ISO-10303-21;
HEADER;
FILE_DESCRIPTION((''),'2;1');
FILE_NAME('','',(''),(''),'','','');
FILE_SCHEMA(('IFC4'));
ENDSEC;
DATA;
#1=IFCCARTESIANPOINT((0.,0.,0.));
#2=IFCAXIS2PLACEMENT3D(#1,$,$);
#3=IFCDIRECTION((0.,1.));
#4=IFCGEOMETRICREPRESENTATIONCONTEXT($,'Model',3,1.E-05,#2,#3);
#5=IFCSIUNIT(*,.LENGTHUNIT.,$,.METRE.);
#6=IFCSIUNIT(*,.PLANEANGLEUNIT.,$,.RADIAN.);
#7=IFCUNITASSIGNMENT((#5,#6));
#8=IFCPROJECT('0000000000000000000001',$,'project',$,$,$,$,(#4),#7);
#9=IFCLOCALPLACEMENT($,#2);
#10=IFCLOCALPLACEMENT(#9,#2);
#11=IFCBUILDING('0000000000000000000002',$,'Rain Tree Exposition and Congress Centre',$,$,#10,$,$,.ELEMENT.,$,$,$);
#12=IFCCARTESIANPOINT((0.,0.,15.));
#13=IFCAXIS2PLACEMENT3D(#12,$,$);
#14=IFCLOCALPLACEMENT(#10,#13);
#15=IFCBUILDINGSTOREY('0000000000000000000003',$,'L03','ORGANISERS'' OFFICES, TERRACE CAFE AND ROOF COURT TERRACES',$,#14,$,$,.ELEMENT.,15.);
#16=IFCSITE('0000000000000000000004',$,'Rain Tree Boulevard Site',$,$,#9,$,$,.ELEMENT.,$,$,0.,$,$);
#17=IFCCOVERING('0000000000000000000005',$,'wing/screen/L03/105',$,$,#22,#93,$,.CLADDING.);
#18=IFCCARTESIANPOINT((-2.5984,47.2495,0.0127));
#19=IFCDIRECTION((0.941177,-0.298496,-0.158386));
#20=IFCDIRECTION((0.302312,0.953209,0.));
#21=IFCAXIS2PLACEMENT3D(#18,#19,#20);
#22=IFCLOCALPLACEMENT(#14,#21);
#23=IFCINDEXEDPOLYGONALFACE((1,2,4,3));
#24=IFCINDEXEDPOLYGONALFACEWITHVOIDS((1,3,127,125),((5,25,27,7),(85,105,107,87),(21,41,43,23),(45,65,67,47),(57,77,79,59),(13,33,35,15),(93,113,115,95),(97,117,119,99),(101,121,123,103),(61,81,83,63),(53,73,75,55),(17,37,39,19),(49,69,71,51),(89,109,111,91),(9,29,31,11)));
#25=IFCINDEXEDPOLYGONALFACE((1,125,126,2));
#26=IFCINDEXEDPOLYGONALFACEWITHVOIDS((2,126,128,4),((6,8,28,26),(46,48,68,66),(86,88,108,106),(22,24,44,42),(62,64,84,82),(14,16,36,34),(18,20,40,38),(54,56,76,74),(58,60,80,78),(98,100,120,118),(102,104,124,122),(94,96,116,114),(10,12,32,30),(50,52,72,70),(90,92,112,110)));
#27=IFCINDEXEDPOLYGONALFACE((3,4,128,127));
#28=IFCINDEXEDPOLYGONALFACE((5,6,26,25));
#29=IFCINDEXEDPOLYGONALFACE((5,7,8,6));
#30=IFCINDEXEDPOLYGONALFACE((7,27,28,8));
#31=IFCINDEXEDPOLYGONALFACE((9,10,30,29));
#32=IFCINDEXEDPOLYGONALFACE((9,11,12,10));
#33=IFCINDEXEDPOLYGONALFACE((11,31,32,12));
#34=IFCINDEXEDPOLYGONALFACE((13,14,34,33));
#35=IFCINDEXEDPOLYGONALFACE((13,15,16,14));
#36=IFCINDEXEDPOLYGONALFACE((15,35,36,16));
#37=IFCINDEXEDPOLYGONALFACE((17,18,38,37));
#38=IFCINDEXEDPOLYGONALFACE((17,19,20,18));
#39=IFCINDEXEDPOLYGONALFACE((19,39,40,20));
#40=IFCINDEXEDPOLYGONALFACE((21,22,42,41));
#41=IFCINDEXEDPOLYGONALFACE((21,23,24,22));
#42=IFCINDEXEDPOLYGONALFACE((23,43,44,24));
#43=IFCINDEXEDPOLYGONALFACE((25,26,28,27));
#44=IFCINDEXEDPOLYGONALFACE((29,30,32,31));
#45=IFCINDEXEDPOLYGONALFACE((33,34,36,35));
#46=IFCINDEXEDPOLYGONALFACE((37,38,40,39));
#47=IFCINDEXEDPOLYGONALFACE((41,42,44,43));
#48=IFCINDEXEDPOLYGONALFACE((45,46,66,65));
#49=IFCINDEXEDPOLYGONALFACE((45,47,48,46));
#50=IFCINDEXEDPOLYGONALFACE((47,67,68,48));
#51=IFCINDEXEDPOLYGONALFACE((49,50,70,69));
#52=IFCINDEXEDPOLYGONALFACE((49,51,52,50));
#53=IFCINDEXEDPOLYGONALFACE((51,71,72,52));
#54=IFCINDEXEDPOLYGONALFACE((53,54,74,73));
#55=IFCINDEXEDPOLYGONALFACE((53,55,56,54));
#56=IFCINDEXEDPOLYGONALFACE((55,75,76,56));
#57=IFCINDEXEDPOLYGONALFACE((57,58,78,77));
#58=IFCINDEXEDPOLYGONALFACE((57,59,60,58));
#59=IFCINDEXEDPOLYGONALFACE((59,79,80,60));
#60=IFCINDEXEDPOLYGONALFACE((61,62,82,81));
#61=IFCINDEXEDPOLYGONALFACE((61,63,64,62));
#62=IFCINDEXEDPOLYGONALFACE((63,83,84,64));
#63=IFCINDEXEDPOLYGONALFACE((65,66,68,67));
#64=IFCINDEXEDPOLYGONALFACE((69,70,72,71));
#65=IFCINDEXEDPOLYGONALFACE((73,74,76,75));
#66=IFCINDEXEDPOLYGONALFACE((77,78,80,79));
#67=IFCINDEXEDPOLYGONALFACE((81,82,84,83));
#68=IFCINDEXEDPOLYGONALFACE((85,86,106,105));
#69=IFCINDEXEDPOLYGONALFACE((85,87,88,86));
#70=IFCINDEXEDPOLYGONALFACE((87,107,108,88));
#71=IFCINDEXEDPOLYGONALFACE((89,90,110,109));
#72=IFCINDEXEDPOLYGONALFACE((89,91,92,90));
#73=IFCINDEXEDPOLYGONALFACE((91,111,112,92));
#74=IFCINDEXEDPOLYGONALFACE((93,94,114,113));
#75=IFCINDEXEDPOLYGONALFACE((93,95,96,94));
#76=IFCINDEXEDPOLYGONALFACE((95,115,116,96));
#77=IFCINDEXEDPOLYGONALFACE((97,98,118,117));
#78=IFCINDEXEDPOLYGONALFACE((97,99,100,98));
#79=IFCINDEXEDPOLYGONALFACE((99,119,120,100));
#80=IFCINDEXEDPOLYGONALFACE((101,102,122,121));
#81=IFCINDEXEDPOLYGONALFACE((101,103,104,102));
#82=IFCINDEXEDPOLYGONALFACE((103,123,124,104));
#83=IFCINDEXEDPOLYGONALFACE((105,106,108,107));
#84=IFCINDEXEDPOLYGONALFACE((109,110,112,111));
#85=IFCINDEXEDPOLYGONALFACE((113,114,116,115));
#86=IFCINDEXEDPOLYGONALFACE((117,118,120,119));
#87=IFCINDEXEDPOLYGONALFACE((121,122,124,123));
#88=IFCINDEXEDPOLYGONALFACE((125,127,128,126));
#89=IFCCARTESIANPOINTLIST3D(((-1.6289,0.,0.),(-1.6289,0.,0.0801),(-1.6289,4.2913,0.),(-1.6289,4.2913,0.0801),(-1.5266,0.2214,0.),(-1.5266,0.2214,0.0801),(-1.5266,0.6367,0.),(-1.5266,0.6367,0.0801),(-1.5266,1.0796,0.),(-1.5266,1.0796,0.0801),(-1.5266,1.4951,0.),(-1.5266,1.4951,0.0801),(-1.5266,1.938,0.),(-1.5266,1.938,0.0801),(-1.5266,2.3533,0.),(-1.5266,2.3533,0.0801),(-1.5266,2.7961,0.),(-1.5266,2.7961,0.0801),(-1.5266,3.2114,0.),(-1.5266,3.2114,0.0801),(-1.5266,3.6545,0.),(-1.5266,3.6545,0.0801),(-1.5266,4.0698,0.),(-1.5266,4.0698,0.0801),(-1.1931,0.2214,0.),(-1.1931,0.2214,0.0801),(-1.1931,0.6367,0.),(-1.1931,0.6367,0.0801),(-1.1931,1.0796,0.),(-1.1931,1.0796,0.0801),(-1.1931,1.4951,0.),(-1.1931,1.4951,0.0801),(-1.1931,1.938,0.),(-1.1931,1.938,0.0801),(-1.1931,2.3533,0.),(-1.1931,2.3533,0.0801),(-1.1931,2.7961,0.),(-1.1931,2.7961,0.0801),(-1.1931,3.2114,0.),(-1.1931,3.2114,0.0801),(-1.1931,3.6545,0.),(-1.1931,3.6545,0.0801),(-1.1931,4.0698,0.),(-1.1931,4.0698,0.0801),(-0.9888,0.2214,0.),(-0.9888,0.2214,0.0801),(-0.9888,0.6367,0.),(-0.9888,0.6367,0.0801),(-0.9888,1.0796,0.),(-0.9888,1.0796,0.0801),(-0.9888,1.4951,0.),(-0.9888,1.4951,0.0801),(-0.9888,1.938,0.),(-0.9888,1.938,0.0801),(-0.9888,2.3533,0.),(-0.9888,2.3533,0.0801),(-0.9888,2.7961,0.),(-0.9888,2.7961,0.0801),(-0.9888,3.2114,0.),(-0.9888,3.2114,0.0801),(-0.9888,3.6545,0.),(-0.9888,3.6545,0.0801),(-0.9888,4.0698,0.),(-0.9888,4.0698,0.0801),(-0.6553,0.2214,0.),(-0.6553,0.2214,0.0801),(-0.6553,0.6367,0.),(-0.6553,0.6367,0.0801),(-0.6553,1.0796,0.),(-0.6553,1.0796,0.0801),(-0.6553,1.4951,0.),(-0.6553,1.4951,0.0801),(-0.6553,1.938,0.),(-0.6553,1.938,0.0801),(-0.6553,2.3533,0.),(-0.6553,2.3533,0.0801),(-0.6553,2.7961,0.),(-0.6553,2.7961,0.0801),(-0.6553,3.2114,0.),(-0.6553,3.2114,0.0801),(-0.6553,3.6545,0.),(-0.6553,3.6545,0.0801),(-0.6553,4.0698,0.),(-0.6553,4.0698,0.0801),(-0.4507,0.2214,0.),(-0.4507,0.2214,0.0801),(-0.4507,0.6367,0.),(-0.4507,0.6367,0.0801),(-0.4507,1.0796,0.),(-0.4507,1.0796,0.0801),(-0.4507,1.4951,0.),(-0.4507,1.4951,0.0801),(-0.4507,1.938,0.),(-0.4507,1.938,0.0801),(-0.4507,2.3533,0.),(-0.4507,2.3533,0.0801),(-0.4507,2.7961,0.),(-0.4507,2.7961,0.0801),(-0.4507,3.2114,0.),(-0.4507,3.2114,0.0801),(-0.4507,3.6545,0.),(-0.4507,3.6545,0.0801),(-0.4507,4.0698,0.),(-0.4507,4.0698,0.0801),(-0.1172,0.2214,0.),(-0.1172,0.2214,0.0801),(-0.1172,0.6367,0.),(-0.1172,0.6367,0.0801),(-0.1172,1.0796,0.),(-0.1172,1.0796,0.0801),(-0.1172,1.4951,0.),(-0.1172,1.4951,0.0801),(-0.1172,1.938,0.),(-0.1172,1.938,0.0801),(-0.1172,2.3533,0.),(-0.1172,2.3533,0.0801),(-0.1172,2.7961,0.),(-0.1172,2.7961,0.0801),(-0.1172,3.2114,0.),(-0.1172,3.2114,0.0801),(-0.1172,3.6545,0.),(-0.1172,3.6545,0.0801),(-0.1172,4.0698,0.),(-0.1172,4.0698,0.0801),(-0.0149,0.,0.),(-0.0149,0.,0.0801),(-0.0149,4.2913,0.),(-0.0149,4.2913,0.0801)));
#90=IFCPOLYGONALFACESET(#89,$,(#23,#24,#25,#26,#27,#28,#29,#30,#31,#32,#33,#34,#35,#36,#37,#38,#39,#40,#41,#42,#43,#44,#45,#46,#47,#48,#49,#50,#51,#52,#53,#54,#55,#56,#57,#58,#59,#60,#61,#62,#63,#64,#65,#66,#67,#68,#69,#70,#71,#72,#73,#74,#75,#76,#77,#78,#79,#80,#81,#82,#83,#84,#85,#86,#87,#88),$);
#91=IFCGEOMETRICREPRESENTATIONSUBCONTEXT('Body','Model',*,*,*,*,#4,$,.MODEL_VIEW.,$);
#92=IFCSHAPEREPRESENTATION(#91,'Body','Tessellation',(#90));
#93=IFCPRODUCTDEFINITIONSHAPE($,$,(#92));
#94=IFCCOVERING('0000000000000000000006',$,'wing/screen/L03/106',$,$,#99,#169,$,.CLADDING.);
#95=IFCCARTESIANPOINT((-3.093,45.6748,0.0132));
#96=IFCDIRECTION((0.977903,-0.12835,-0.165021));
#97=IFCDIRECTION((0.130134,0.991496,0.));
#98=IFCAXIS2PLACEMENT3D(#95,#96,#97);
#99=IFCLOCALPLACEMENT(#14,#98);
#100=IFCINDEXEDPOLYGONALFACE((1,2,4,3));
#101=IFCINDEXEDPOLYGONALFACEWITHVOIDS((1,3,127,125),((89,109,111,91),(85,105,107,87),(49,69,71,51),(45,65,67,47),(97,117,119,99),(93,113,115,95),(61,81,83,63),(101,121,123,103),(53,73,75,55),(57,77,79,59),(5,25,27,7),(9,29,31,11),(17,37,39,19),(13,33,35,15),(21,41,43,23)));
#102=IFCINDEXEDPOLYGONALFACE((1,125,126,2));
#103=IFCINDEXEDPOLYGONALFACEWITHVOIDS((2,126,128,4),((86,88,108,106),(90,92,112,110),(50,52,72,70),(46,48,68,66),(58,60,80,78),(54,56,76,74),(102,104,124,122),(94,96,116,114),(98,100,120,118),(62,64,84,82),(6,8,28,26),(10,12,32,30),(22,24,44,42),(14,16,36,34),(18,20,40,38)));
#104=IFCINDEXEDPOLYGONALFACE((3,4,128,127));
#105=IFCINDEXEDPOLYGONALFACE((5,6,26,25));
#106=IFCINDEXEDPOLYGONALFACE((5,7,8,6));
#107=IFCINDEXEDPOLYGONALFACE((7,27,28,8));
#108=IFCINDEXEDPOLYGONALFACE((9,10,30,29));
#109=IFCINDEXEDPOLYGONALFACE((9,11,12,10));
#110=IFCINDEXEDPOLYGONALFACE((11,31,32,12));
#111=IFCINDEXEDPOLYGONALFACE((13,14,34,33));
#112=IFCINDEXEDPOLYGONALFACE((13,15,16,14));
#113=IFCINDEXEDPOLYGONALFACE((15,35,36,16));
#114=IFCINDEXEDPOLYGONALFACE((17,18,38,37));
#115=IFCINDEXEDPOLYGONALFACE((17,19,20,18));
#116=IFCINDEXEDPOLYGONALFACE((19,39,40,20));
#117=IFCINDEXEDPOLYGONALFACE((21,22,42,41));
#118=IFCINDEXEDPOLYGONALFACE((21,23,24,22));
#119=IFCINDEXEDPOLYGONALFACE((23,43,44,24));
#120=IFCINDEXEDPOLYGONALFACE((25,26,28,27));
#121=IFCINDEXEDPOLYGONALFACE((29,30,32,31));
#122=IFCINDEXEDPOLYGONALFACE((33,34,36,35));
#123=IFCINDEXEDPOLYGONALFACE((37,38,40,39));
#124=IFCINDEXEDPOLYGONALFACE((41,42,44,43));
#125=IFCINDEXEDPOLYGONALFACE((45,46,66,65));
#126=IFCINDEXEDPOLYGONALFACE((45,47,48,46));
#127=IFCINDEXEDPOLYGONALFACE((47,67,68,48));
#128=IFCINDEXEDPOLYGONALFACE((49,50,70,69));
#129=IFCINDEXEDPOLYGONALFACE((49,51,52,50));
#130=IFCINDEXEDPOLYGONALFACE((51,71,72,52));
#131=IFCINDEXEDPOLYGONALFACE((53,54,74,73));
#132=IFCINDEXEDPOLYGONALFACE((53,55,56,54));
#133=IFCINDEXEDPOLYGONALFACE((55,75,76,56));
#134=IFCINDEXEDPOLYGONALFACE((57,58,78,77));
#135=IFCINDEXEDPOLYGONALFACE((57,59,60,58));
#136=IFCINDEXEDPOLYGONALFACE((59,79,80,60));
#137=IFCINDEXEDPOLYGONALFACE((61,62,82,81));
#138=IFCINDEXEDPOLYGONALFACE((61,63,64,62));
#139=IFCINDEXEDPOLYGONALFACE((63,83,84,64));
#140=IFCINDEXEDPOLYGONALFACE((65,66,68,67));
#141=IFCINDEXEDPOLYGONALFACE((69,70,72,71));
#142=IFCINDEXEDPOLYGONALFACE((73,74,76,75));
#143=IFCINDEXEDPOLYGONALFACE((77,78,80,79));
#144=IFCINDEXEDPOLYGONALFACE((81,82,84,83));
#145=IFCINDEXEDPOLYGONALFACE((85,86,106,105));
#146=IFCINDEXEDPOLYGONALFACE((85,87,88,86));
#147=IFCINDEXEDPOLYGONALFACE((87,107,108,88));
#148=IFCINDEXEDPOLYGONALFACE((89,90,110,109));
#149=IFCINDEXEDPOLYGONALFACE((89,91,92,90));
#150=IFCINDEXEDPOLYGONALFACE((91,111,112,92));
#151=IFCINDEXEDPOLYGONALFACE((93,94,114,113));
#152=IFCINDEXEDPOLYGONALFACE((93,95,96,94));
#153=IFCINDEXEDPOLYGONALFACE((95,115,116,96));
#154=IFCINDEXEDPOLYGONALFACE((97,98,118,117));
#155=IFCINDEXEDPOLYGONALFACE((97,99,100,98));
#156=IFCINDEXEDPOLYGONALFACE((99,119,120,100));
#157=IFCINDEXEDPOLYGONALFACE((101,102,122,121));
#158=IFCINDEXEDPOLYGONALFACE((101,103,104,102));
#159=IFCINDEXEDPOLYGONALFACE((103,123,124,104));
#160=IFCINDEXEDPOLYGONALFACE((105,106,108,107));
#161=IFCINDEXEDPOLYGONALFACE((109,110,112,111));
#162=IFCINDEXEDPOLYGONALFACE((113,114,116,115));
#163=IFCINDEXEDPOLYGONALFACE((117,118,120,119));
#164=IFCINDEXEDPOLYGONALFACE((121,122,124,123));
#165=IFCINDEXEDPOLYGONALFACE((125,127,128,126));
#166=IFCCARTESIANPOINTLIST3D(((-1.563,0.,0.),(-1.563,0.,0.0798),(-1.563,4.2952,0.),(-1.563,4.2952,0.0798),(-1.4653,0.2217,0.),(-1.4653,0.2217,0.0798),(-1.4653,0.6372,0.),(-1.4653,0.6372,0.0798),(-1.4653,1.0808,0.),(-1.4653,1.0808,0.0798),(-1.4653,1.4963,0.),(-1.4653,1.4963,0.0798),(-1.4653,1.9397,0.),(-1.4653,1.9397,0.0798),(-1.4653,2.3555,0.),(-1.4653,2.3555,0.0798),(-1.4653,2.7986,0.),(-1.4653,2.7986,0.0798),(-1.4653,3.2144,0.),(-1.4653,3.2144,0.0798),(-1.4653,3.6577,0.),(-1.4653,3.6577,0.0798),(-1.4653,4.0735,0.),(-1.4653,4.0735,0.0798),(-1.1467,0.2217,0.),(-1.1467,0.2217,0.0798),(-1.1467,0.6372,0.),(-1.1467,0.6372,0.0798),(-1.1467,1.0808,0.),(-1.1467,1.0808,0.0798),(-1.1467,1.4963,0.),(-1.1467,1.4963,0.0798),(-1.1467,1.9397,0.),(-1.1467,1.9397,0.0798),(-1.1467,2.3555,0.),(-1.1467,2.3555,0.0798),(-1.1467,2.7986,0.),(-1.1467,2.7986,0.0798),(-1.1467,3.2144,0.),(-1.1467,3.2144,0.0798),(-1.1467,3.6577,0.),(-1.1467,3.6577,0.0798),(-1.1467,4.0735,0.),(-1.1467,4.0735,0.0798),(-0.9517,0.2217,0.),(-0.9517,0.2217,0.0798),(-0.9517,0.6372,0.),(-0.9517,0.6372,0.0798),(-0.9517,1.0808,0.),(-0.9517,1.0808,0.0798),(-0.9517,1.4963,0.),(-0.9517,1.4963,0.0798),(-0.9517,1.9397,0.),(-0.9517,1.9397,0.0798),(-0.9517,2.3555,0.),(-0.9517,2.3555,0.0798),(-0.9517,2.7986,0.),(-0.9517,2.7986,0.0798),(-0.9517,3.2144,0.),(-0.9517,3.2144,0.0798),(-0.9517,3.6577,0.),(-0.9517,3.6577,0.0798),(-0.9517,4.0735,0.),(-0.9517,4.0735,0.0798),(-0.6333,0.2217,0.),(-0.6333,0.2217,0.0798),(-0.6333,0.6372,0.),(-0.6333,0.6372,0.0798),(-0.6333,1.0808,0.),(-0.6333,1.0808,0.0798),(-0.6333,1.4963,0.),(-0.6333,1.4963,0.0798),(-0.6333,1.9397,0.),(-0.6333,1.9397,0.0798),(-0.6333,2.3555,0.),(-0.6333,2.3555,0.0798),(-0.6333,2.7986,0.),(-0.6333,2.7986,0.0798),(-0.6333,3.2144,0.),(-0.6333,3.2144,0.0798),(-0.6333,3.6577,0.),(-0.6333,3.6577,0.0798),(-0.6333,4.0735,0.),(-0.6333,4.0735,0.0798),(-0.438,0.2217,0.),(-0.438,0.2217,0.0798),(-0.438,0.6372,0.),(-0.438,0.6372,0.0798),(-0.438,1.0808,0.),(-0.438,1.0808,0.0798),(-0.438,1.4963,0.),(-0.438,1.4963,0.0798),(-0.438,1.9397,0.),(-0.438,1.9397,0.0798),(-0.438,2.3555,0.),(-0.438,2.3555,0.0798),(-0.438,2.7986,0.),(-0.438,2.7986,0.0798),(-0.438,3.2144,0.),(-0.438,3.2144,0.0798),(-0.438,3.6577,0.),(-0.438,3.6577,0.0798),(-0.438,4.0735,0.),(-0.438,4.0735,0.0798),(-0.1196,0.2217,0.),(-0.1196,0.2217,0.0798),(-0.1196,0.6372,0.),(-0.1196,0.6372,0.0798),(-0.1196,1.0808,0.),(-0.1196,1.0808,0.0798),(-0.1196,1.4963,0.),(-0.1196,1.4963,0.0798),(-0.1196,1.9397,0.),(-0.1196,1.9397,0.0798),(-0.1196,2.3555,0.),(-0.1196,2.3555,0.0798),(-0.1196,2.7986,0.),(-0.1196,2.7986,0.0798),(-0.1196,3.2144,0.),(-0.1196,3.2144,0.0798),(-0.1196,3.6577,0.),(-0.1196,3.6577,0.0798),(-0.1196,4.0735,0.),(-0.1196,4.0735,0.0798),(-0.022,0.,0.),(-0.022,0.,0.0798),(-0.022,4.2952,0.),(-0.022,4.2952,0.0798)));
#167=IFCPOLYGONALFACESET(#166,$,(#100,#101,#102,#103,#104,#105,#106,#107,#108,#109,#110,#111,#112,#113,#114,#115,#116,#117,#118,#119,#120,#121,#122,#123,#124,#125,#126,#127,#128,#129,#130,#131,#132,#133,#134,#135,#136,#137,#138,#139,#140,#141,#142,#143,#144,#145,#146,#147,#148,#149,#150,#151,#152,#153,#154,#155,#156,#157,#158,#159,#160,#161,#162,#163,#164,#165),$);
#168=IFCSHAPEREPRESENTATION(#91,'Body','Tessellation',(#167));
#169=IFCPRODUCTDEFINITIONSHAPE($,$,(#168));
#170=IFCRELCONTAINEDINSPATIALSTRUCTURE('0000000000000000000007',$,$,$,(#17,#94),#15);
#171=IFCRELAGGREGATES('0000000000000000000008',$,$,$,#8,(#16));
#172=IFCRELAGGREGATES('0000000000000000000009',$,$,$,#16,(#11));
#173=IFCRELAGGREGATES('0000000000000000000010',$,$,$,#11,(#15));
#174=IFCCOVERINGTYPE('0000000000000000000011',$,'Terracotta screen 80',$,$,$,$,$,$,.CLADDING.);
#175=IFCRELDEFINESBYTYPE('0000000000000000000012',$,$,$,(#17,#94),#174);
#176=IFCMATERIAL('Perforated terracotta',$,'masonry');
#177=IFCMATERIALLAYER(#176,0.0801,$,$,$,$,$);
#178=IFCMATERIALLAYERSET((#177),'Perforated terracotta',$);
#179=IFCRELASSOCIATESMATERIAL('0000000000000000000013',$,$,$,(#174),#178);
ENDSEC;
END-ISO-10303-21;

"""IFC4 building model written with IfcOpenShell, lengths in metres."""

from ifc_helpers import new_model, si_unit, direction, frame, origin, place, context, subcontext, project, spatial, polyline, outline, extrude, material, layer, layer_set, type_object, element, save


model = new_model("IFC4")

# Units and contexts
model_context = context("Model", 3, precision=1e-05, world=origin(), true_north=direction((0.0, 1.0)))
body_context = subcontext(model_context, "Body", "Model", "MODEL_VIEW")
ifc_project = project(units=[si_unit("LENGTHUNIT", "METRE"), si_unit("PLANEANGLEUNIT", "RADIAN")], contexts=[model_context])

# Site, building, storey
site_placement = place(None, origin())
site = spatial("IfcSite", under=ifc_project, at=site_placement, Name="Rain Tree Boulevard Site", CompositionType="ELEMENT", RefElevation=0.0)
building_placement = place(site_placement, origin())
building = spatial("IfcBuilding", under=site, at=building_placement, Name="Rain Tree Exposition and Congress Centre", CompositionType="ELEMENT")
storey_placement = place(building_placement, frame((0.0, 0.0, 15.0)))
storey = spatial("IfcBuildingStorey", under=building, at=storey_placement, Name="L03", Description="ORGANISERS' OFFICES, TERRACE CAFE AND ROOF COURT TERRACES", CompositionType="ELEMENT", Elevation=15.0)

# Coverings
ifc_material_1 = material(Name="Perforated terracotta", Category="masonry")
ifc_layer_1 = layer(ifc_material_1, 0.0801)
ifc_layer_set_1 = layer_set([ifc_layer_1], Name="Perforated terracotta")
covering_type = type_object("IfcCoveringType", Name="Terracotta screen 80", PredefinedType="CLADDING", material=ifc_layer_set_1)
covering_1_placement = place(storey_placement, frame((-2.5984, 47.2495, 0.0127), z_axis=(0.941177, -0.298496, -0.158386), x_axis=(0.302312, 0.953209, 0.0)))
element("IfcCovering", 1, at=covering_1_placement, inside=storey, type_object=covering_type, Name="wing/screen/L03/105", PredefinedType="CLADDING", context=body_context, shape_type="SweptSolid", body=[
    extrude(outline(polyline([(-1.6289, 0.0), (-1.6289, 4.2913), (-0.0149, 4.2913), (-0.0149, 0.0), (-1.6289, 0.0)]), holes=[polyline([(-0.1172, 0.2214), (-0.1172, 0.6367), (-0.4507, 0.6367), (-0.4507, 0.2214), (-0.1172, 0.2214)]), polyline([(-0.1172, 1.0796), (-0.1172, 1.4951), (-0.4507, 1.4951), (-0.4507, 1.0796), (-0.1172, 1.0796)]), polyline([(-0.1172, 1.938), (-0.1172, 2.3533), (-0.4507, 2.3533), (-0.4507, 1.938), (-0.1172, 1.938)]), polyline([(-0.1172, 2.7961), (-0.1172, 3.2114), (-0.4507, 3.2114), (-0.4507, 2.7961), (-0.1172, 2.7961)]), polyline([(-0.1172, 3.6545), (-0.1172, 4.0698), (-0.4507, 4.0698), (-0.4507, 3.6545), (-0.1172, 3.6545)]), polyline([(-0.6553, 0.2214), (-0.6553, 0.6367), (-0.9888, 0.6367), (-0.9888, 0.2214), (-0.6553, 0.2214)]), polyline([(-0.6553, 1.0796), (-0.6553, 1.4951), (-0.9888, 1.4951), (-0.9888, 1.0796), (-0.6553, 1.0796)]), polyline([(-0.6553, 1.938), (-0.6553, 2.3533), (-0.9888, 2.3533), (-0.9888, 1.938), (-0.6553, 1.938)]), polyline([(-0.6553, 2.7961), (-0.6553, 3.2114), (-0.9888, 3.2114), (-0.9888, 2.7961), (-0.6553, 2.7961)]), polyline([(-0.6553, 3.6545), (-0.6553, 4.0698), (-0.9888, 4.0698), (-0.9888, 3.6545), (-0.6553, 3.6545)]), polyline([(-1.1931, 0.2214), (-1.1931, 0.6367), (-1.5266, 0.6367), (-1.5266, 0.2214), (-1.1931, 0.2214)]), polyline([(-1.1931, 1.0796), (-1.1931, 1.4951), (-1.5266, 1.4951), (-1.5266, 1.0796), (-1.1931, 1.0796)]), polyline([(-1.1931, 1.938), (-1.1931, 2.3533), (-1.5266, 2.3533), (-1.5266, 1.938), (-1.1931, 1.938)]), polyline([(-1.1931, 2.7961), (-1.1931, 3.2114), (-1.5266, 3.2114), (-1.5266, 2.7961), (-1.1931, 2.7961)]), polyline([(-1.1931, 3.6545), (-1.1931, 4.0698), (-1.5266, 4.0698), (-1.5266, 3.6545), (-1.1931, 3.6545)])]), origin(), (0.0, 0.0, 1.0), 0.0801),
])
covering_2_placement = place(storey_placement, frame((-3.093, 45.6748, 0.0132), z_axis=(0.977903, -0.12835, -0.165021), x_axis=(0.130134, 0.991496, 0.0)))
element("IfcCovering", 2, at=covering_2_placement, inside=storey, type_object=covering_type, Name="wing/screen/L03/106", PredefinedType="CLADDING", context=body_context, shape_type="SweptSolid", body=[
    extrude(outline(polyline([(-1.563, 0.0), (-1.563, 4.2952), (-0.022, 4.2952), (-0.022, 0.0), (-1.563, 0.0)]), holes=[polyline([(-0.1196, 0.2217), (-0.1196, 0.6372), (-0.438, 0.6372), (-0.438, 0.2217), (-0.1196, 0.2217)]), polyline([(-0.1196, 1.0808), (-0.1196, 1.4963), (-0.438, 1.4963), (-0.438, 1.0808), (-0.1196, 1.0808)]), polyline([(-0.1196, 1.9397), (-0.1196, 2.3555), (-0.438, 2.3555), (-0.438, 1.9397), (-0.1196, 1.9397)]), polyline([(-0.1196, 2.7986), (-0.1196, 3.2144), (-0.438, 3.2144), (-0.438, 2.7986), (-0.1196, 2.7986)]), polyline([(-0.1196, 3.6577), (-0.1196, 4.0735), (-0.438, 4.0735), (-0.438, 3.6577), (-0.1196, 3.6577)]), polyline([(-0.6333, 0.2217), (-0.6333, 0.6372), (-0.9517, 0.6372), (-0.9517, 0.2217), (-0.6333, 0.2217)]), polyline([(-0.6333, 1.0808), (-0.6333, 1.4963), (-0.9517, 1.4963), (-0.9517, 1.0808), (-0.6333, 1.0808)]), polyline([(-0.6333, 1.9397), (-0.6333, 2.3555), (-0.9517, 2.3555), (-0.9517, 1.9397), (-0.6333, 1.9397)]), polyline([(-0.6333, 2.7986), (-0.6333, 3.2144), (-0.9517, 3.2144), (-0.9517, 2.7986), (-0.6333, 2.7986)]), polyline([(-0.6333, 3.6577), (-0.6333, 4.0735), (-0.9517, 4.0735), (-0.9517, 3.6577), (-0.6333, 3.6577)]), polyline([(-1.1467, 0.2217), (-1.1467, 0.6372), (-1.4653, 0.6372), (-1.4653, 0.2217), (-1.1467, 0.2217)]), polyline([(-1.1467, 1.0808), (-1.1467, 1.4963), (-1.4653, 1.4963), (-1.4653, 1.0808), (-1.1467, 1.0808)]), polyline([(-1.1467, 1.9397), (-1.1467, 2.3555), (-1.4653, 2.3555), (-1.4653, 1.9397), (-1.1467, 1.9397)]), polyline([(-1.1467, 2.7986), (-1.1467, 3.2144), (-1.4653, 3.2144), (-1.4653, 2.7986), (-1.1467, 2.7986)]), polyline([(-1.1467, 3.6577), (-1.1467, 4.0735), (-1.4653, 4.0735), (-1.4653, 3.6577), (-1.1467, 3.6577)])]), origin(), (0.0, 0.0, 1.0), 0.0798),
])

save(model, "model.ifc")
